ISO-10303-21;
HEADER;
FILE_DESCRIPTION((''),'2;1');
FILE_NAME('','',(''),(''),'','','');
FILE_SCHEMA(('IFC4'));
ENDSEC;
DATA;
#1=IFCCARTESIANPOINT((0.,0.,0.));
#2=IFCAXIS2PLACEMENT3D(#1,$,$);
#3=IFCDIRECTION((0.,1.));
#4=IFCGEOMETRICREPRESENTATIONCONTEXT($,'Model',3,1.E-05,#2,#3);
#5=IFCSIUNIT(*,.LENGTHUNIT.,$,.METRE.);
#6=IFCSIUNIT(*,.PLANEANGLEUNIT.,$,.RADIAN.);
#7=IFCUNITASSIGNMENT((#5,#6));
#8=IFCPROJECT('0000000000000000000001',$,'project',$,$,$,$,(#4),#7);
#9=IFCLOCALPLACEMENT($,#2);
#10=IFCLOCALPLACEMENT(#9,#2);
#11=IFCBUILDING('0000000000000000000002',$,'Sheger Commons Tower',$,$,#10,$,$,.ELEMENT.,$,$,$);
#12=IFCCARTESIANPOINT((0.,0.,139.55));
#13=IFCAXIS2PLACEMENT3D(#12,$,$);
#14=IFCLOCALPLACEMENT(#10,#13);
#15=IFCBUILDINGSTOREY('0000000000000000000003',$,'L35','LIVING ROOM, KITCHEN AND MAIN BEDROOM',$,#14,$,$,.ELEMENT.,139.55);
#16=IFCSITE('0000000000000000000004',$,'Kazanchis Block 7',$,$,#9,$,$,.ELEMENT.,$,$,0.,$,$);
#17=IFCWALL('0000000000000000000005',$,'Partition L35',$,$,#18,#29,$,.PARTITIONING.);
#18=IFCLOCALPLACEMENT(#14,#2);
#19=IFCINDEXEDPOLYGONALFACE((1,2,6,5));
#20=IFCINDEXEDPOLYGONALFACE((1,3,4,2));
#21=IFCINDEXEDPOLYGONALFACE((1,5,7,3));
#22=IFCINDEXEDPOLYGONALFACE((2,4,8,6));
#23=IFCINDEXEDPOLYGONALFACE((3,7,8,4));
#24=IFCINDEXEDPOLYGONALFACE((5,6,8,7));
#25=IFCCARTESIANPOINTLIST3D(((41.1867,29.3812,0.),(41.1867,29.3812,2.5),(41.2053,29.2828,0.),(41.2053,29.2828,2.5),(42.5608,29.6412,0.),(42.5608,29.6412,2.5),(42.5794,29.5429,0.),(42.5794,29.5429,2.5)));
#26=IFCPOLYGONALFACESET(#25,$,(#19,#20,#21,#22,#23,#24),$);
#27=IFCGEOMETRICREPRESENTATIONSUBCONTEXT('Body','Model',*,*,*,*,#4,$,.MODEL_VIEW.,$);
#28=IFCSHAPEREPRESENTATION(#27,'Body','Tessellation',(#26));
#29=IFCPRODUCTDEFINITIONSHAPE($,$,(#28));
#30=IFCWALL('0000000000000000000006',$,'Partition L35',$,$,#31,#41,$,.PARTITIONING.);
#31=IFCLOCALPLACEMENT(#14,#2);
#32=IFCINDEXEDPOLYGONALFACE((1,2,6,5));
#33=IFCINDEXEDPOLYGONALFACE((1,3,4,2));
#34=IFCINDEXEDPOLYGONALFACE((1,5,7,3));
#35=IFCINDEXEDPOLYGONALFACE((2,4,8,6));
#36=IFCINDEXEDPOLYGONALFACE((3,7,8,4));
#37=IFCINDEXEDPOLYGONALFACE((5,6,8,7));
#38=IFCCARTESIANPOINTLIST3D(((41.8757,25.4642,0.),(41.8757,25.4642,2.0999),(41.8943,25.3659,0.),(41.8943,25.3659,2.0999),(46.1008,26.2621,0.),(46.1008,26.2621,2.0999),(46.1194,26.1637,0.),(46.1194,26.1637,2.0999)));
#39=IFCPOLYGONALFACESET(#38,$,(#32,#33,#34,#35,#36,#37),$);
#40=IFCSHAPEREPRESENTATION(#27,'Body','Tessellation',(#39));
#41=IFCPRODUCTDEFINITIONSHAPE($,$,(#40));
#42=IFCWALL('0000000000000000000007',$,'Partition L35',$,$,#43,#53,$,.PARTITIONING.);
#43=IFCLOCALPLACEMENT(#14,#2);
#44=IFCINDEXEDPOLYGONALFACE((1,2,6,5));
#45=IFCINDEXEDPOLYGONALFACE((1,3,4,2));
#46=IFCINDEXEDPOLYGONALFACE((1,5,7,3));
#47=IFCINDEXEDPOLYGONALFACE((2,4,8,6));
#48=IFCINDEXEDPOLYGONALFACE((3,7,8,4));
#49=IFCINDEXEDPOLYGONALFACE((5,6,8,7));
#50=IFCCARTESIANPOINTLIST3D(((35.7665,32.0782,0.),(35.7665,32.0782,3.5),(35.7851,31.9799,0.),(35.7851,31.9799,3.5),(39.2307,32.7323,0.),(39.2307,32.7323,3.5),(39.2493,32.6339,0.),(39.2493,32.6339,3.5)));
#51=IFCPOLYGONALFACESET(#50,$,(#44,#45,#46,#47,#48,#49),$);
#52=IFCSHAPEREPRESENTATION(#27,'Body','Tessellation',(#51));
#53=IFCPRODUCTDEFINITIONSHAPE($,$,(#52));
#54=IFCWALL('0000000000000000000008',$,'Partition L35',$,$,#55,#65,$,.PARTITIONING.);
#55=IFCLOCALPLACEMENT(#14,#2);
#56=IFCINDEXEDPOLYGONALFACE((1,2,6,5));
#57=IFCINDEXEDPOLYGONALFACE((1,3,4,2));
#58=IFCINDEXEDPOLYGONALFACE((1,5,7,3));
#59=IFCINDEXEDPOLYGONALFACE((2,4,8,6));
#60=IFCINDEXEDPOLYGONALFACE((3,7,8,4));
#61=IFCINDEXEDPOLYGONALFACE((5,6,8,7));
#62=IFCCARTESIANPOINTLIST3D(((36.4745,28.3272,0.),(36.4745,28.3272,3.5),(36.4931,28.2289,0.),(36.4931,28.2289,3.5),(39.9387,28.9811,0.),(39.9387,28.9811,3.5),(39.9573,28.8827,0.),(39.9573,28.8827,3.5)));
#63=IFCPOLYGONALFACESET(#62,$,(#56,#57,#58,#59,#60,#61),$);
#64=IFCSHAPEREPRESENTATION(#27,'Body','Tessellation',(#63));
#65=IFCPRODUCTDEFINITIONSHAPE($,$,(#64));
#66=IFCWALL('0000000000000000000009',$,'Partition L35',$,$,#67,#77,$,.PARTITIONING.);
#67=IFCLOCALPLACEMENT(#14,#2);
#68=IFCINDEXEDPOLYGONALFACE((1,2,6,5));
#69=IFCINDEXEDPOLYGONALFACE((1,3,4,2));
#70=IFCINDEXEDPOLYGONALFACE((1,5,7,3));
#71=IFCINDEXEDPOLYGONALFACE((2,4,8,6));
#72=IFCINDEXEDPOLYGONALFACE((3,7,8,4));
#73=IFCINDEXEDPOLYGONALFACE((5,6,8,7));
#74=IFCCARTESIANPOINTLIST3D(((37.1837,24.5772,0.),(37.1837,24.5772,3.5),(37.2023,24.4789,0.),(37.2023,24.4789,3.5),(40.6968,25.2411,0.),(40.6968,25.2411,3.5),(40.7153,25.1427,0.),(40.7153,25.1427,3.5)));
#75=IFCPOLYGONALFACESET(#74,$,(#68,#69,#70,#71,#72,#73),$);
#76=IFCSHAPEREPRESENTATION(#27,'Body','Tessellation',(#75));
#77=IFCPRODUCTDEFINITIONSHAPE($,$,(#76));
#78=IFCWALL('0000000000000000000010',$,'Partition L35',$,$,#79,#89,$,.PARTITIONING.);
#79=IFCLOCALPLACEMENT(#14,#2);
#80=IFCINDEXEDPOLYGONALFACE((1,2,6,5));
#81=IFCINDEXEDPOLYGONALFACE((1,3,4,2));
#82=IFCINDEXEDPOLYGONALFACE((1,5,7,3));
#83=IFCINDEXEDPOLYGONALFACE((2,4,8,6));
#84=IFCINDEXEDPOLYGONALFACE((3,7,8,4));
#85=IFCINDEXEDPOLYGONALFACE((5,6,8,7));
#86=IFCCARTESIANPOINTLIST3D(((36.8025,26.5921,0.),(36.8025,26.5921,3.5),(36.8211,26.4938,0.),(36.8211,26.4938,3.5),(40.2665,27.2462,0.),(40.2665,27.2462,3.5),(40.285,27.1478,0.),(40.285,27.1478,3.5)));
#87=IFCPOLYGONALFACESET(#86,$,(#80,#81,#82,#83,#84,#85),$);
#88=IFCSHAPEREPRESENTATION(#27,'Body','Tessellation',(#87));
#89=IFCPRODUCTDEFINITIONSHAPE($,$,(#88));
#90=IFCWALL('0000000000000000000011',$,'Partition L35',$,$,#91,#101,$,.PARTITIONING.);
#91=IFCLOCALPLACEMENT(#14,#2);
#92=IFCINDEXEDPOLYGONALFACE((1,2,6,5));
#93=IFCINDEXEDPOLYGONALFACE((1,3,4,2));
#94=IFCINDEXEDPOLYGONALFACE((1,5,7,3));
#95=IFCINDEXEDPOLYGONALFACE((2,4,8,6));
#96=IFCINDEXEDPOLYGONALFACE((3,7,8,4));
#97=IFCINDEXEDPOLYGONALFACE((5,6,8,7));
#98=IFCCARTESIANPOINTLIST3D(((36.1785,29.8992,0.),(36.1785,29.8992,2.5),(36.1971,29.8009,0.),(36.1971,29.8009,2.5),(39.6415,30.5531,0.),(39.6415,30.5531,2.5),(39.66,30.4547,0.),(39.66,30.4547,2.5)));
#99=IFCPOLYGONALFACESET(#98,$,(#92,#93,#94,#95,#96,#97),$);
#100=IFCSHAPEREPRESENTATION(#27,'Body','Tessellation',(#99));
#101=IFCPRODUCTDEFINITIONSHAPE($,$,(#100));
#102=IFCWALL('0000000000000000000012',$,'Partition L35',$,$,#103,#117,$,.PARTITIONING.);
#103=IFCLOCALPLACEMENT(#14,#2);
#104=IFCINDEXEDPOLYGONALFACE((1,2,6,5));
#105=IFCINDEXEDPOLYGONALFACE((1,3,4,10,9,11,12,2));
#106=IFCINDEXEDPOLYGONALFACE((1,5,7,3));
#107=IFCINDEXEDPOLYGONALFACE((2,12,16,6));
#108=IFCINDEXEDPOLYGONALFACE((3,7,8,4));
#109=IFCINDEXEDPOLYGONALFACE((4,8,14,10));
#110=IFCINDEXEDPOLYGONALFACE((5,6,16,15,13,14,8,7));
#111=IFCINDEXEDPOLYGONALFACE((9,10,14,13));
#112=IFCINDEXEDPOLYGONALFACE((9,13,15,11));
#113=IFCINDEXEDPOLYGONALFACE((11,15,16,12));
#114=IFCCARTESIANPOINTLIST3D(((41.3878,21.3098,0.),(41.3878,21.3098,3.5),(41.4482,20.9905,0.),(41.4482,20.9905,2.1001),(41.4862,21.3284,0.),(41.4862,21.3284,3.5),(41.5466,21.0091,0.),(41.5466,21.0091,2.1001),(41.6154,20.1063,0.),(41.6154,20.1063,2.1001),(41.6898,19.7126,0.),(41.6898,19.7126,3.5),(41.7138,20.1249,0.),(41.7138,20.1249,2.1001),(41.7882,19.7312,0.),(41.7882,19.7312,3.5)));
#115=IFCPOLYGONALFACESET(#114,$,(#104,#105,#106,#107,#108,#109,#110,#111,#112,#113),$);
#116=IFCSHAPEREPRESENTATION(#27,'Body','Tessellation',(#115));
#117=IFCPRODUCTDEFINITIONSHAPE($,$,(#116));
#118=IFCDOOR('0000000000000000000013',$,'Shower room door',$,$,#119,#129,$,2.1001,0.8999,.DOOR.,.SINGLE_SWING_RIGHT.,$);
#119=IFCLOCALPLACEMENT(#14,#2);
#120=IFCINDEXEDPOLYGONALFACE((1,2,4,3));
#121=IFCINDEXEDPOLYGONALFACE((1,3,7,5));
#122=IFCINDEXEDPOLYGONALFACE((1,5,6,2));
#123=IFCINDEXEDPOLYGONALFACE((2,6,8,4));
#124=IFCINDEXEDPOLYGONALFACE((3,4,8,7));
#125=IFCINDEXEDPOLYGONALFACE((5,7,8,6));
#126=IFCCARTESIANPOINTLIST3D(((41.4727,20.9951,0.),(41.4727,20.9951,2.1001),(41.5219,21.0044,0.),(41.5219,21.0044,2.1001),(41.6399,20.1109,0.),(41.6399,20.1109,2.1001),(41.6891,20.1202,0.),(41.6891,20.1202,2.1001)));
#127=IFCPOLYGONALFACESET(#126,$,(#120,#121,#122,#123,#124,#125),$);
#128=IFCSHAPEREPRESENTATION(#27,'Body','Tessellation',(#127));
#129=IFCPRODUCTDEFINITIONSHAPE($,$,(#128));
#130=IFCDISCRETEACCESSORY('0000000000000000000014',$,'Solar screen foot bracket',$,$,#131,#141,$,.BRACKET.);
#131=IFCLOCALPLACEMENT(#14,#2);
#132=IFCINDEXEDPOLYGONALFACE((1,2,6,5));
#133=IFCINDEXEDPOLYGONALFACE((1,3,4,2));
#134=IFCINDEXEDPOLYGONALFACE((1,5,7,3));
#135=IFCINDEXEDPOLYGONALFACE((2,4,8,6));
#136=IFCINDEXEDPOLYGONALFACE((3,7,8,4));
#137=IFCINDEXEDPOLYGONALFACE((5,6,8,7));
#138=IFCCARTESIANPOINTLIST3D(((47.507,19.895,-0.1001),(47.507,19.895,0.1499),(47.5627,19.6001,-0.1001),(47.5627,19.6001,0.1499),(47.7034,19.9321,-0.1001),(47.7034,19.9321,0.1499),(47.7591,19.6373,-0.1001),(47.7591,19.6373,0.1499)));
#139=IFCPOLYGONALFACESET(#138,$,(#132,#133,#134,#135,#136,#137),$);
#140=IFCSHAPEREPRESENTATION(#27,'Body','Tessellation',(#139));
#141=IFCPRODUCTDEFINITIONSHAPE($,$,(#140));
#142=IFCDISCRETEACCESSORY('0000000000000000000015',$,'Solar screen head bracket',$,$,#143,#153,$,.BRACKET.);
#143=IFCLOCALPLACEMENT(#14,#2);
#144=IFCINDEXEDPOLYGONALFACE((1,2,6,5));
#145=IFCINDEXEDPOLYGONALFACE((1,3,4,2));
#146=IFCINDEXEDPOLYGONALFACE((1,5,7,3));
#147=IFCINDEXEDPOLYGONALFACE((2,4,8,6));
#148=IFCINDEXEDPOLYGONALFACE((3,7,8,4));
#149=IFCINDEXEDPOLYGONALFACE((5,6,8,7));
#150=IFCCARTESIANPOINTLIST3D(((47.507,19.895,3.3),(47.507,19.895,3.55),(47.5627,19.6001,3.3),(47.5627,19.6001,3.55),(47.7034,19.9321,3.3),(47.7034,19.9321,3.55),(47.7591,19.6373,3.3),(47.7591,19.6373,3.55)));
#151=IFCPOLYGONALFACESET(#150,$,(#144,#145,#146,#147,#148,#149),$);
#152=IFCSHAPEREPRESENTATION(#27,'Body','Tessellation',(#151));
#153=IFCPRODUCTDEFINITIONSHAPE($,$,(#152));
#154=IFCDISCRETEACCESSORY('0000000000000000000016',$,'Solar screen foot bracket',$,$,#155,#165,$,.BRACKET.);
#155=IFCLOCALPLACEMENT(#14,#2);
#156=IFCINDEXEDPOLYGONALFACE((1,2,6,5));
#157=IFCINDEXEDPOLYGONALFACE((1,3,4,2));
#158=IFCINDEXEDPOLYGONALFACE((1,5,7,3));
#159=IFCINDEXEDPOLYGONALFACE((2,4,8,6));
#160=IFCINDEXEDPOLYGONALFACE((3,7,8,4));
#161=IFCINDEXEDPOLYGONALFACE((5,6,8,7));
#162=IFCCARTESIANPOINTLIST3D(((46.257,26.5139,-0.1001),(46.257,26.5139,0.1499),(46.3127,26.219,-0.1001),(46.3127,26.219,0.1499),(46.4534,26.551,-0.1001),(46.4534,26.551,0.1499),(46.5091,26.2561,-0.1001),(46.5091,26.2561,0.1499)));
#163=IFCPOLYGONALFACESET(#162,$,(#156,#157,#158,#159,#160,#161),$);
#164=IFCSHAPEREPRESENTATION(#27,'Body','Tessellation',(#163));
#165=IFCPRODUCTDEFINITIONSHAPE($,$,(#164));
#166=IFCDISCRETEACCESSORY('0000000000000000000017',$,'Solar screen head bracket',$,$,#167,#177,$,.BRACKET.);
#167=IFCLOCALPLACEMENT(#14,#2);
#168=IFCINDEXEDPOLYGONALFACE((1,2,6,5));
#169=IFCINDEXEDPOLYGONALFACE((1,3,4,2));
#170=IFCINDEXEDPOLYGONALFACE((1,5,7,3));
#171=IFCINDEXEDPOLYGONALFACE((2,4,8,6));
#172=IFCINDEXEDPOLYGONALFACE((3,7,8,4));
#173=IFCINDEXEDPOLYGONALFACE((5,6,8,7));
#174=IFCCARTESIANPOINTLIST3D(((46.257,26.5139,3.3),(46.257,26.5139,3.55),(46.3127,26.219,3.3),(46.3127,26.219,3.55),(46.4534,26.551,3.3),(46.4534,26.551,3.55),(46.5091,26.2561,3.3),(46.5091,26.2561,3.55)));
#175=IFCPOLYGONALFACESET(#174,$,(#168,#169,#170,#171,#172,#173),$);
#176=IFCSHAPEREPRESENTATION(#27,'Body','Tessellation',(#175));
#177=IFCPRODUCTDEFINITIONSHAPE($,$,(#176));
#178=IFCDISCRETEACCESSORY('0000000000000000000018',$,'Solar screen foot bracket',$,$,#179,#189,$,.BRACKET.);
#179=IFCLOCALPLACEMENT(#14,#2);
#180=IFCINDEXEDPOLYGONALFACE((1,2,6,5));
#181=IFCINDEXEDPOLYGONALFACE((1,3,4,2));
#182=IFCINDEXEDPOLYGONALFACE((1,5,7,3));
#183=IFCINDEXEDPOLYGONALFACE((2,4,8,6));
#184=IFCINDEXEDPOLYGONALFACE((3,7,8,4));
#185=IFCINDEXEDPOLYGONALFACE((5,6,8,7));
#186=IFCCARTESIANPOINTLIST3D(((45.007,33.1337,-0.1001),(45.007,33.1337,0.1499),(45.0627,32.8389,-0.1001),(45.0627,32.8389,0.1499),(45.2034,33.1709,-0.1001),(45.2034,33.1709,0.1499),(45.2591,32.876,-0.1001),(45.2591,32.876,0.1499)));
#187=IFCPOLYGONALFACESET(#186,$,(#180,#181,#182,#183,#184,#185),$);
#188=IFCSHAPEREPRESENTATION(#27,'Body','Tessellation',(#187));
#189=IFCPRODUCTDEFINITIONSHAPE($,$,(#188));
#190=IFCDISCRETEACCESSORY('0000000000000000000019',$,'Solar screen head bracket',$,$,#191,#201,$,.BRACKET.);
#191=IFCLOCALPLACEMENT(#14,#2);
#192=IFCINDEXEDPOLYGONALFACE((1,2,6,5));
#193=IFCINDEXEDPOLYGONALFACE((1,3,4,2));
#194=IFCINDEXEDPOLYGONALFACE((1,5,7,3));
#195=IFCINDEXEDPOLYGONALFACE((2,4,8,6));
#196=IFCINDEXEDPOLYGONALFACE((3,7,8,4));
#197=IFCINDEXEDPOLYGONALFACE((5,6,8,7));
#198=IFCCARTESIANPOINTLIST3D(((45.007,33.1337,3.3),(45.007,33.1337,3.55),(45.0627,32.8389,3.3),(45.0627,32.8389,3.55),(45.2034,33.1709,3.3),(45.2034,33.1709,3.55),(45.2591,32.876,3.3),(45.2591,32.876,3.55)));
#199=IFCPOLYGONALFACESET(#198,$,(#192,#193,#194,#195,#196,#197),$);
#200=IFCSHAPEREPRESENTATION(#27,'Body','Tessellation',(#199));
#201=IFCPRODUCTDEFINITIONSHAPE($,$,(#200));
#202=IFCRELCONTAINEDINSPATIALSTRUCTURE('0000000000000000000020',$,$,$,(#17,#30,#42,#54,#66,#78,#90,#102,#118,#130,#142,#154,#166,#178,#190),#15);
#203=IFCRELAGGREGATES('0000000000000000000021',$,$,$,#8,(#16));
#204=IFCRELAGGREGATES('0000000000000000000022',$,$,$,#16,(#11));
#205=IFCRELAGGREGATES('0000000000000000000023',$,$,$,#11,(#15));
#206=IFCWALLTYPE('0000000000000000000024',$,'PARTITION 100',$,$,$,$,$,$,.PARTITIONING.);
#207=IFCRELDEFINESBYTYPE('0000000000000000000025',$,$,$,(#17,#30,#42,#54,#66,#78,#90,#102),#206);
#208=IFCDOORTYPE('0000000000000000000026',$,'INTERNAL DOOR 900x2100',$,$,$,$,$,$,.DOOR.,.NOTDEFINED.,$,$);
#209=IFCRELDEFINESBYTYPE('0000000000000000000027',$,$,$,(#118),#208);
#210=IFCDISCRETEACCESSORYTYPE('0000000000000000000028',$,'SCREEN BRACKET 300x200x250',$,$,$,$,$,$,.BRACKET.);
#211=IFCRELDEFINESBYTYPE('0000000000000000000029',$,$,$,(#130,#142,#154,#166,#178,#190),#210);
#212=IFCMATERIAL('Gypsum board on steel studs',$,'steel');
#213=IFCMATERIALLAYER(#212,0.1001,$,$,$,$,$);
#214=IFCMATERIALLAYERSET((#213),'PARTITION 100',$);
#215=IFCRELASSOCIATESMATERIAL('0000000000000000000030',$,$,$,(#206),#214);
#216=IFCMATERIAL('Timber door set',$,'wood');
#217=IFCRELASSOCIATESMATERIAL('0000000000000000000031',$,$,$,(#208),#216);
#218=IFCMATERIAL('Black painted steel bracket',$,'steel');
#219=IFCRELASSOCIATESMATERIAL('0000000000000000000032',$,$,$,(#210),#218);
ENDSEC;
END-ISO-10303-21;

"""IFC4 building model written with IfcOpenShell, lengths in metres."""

from ifc_helpers import new_model, si_unit, direction, frame, frame_2d, origin, origin_2d, place, context, subcontext, project, spatial, rectangle, extrude, material, layer, layer_set, type_object, element, fill, save


model = new_model("IFC4")

# Units and contexts
model_context = context("Model", 3, precision=1e-05, world=origin(), true_north=direction((0.0, 1.0)))
body_context = subcontext(model_context, "Body", "Model", "MODEL_VIEW")
ifc_project = project(units=[si_unit("LENGTHUNIT", "METRE"), si_unit("PLANEANGLEUNIT", "RADIAN")], contexts=[model_context])

# Site, building, storey
site_placement = place(None, origin())
site = spatial("IfcSite", under=ifc_project, at=site_placement, Name="Kazanchis Block 7", CompositionType="ELEMENT", RefElevation=0.0)
building_placement = place(site_placement, origin())
building = spatial("IfcBuilding", under=site, at=building_placement, Name="Sheger Commons Tower", CompositionType="ELEMENT")
storey_placement = place(building_placement, frame((0.0, 0.0, 139.55)))
storey = spatial("IfcBuildingStorey", under=building, at=storey_placement, Name="L35", Description="LIVING ROOM, KITCHEN AND MAIN BEDROOM", CompositionType="ELEMENT", Elevation=139.55)

# Walls
ifc_material_1 = material(Name="Gypsum board on steel studs", Category="steel")
ifc_layer_1 = layer(ifc_material_1, 0.1001)
ifc_layer_set_1 = layer_set([ifc_layer_1], Name="PARTITION 100")
wall_type_1 = type_object("IfcWallType", Name="PARTITION 100", PredefinedType="PARTITIONING", material=ifc_layer_set_1)
wall_1_placement = place(storey_placement, frame((42.5701, 29.592, 0.0), z_axis=(0.0, 0.0, 1.0), x_axis=(-0.982562, -0.185933, 0.0)))
element("IfcWall", 1, at=wall_1_placement, inside=storey, type_object=wall_type_1, Name="Partition L35", PredefinedType="PARTITIONING", context=body_context, shape_type="SweptSolid", body=[
    extrude(rectangle(XDim=1.3984, YDim=0.1001, at=frame_2d((0.6992, 0.0))), origin(), (0.0, 0.0, 1.0), 2.5),
])
wall_2_placement = place(storey_placement, frame((46.1101, 26.2129, 0.0), z_axis=(0.0, 0.0, 1.0), x_axis=(-0.982634, -0.185557, 0.0)))
element("IfcWall", 2, at=wall_2_placement, inside=storey, type_object=wall_type_1, Name="Partition L35", PredefinedType="PARTITIONING", context=body_context, shape_type="SweptSolid", body=[
    extrude(rectangle(XDim=4.2998, YDim=0.1001, at=frame_2d((2.1499, 0.0))), origin(), (0.0, 0.0, 1.0), 2.0999),
])
for number, where, z_axis, x_axis, name in (
    (3, (39.24, 32.6831, 0.0), (0.0, 0.0, 1.0), (-0.982639, -0.18553, 0.0), "Partition L35"),
    (4, (39.948, 28.9319, 0.0), (0.0, 0.0, 1.0), (-0.982651, -0.185463, 0.0), "Partition L35"),
):
    element("IfcWall", number, at=place(storey_placement, frame(where, z_axis=z_axis, x_axis=x_axis)), inside=storey, type_object=wall_type_1, Name=name, PredefinedType="PARTITIONING", context=body_context, shape_type="SweptSolid", body=[
        extrude(rectangle(XDim=3.5254, YDim=0.1001, at=frame_2d((1.7627, 0.0))), origin(), (0.0, 0.0, 1.0), 3.5),
    ])
wall_3_placement = place(storey_placement, frame((40.7061, 25.1919, 0.0), z_axis=(0.0, 0.0, 1.0), x_axis=(-0.982611, -0.185678, 0.0)))
element("IfcWall", 5, at=wall_3_placement, inside=storey, type_object=wall_type_1, Name="Partition L35", PredefinedType="PARTITIONING", context=body_context, shape_type="SweptSolid", body=[
    extrude(rectangle(XDim=3.5752, YDim=0.1001, at=frame_2d((1.7876, 0.0))), origin(), (0.0, 0.0, 1.0), 3.5),
])
wall_4_placement = place(storey_placement, frame((40.2759, 27.197, 0.0), z_axis=(0.0, 0.0, 1.0), x_axis=(-0.982636, -0.185543, 0.0)))
element("IfcWall", 6, at=wall_4_placement, inside=storey, type_object=wall_type_1, Name="Partition L35", PredefinedType="PARTITIONING", context=body_context, shape_type="SweptSolid", body=[
    extrude(rectangle(XDim=3.5251, YDim=0.1001, at=frame_2d((1.7627, 0.0))), origin(), (0.0, 0.0, 1.0), 3.5),
])
wall_5_placement = place(storey_placement, frame((39.6509, 30.5039, 0.0), z_axis=(0.0, 0.0, 1.0), x_axis=(-0.982639, -0.185527, 0.0)))
element("IfcWall", 7, at=wall_5_placement, inside=storey, type_object=wall_type_1, Name="Partition L35", PredefinedType="PARTITIONING", context=body_context, shape_type="SweptSolid", body=[
    extrude(rectangle(XDim=3.5242, YDim=0.1001, at=frame_2d((1.7622, 0.0))), origin(), (0.0, 0.0, 1.0), 2.5),
])

# Wall, opening, door
wall_6_placement = place(storey_placement, frame((41.437, 21.3191, 0.0), z_axis=(0.0, 0.0, 1.0), x_axis=(0.185794, -0.982589, 0.0)))
wall_6 = element("IfcWall", 8, at=wall_6_placement, inside=storey, type_object=wall_type_1, Name="Partition L35", PredefinedType="PARTITIONING", context=body_context, shape_type="SweptSolid", body=[
    extrude(rectangle(XDim=1.6255, YDim=0.1001, at=frame_2d((0.8127, 0.0))), origin(), (0.0, 0.0, 1.0), 3.5),
])
opening_placement = place(wall_6_placement, frame((0.325, 0.0, 0.0)))
opening = element("IfcOpeningElement", 9, at=opening_placement, cuts=wall_6, PredefinedType="OPENING", context=body_context, shape_type="SweptSolid", body=[
    extrude(rectangle(XDim=0.8999, YDim=2.1001, at=frame_2d((0.45, 1.05))), frame((0.0, 0.0601, 0.0), z_axis=(0.0, -1.0, 0.0), x_axis=(1.0, 0.0, 0.0)), (0.0, 0.0, 1.0), 0.1201),
])
ifc_material_2 = material(Name="Timber door set", Category="wood")
door_type = type_object("IfcDoorType", Name="INTERNAL DOOR 900x2100", OperationType="NOTDEFINED", PredefinedType="DOOR", material=ifc_material_2)
door_placement = place(opening_placement, origin())
door = element("IfcDoor", 10, at=door_placement, inside=storey, type_object=door_type, Name="Shower room door", OperationType="SINGLE_SWING_RIGHT", OverallHeight=2.1001, OverallWidth=0.8999, PredefinedType="DOOR", context=body_context, shape_type="SweptSolid", body=[
    extrude(rectangle(XDim=0.8999, YDim=2.1001, at=frame_2d((0.45, 1.05))), frame((0.0, 0.0249, 0.0), z_axis=(0.0, -1.0, 0.0), x_axis=(1.0, 0.0, 0.0)), (0.0, 0.0, 1.0), 0.05),
])
fill(opening, door)

# Discrete accessories
ifc_material_3 = material(Name="Black painted steel bracket", Category="steel")
discrete_accessory_type = type_object("IfcDiscreteAccessoryType", Name="SCREEN BRACKET 300x200x250", PredefinedType="BRACKET", material=ifc_material_3)
for number, where, z_axis, x_axis, name in (
    (11, (47.6331, 19.7661, -0.1001), (0.0, 0.0, 1.0), (-0.185615, 0.982623, 0.0), "Solar screen foot bracket"),
    (12, (47.6331, 19.7661, 3.3), (0.0, 0.0, 1.0), (-0.185615, 0.982623, 0.0), "Solar screen head bracket"),
    (13, (46.3831, 26.385, -0.1001), (0.0, 0.0, 1.0), (-0.185615, 0.982623, 0.0), "Solar screen foot bracket"),
    (14, (46.3831, 26.385, 3.3), (0.0, 0.0, 1.0), (-0.185615, 0.982623, 0.0), "Solar screen head bracket"),
    (15, (45.1331, 33.0049, -0.1001), (0.0, 0.0, 1.0), (-0.185615, 0.982623, 0.0), "Solar screen foot bracket"),
    (16, (45.1331, 33.0049, 3.3), (0.0, 0.0, 1.0), (-0.185615, 0.982623, 0.0), "Solar screen head bracket"),
):
    element("IfcDiscreteAccessory", number, at=place(storey_placement, frame(where, z_axis=z_axis, x_axis=x_axis)), inside=storey, type_object=discrete_accessory_type, Name=name, PredefinedType="BRACKET", context=body_context, shape_type="SweptSolid", body=[
        extrude(rectangle(XDim=0.3, YDim=0.2, at=origin_2d()), origin(), (0.0, 0.0, 1.0), 0.25),
    ])

save(model, "model.ifc")
